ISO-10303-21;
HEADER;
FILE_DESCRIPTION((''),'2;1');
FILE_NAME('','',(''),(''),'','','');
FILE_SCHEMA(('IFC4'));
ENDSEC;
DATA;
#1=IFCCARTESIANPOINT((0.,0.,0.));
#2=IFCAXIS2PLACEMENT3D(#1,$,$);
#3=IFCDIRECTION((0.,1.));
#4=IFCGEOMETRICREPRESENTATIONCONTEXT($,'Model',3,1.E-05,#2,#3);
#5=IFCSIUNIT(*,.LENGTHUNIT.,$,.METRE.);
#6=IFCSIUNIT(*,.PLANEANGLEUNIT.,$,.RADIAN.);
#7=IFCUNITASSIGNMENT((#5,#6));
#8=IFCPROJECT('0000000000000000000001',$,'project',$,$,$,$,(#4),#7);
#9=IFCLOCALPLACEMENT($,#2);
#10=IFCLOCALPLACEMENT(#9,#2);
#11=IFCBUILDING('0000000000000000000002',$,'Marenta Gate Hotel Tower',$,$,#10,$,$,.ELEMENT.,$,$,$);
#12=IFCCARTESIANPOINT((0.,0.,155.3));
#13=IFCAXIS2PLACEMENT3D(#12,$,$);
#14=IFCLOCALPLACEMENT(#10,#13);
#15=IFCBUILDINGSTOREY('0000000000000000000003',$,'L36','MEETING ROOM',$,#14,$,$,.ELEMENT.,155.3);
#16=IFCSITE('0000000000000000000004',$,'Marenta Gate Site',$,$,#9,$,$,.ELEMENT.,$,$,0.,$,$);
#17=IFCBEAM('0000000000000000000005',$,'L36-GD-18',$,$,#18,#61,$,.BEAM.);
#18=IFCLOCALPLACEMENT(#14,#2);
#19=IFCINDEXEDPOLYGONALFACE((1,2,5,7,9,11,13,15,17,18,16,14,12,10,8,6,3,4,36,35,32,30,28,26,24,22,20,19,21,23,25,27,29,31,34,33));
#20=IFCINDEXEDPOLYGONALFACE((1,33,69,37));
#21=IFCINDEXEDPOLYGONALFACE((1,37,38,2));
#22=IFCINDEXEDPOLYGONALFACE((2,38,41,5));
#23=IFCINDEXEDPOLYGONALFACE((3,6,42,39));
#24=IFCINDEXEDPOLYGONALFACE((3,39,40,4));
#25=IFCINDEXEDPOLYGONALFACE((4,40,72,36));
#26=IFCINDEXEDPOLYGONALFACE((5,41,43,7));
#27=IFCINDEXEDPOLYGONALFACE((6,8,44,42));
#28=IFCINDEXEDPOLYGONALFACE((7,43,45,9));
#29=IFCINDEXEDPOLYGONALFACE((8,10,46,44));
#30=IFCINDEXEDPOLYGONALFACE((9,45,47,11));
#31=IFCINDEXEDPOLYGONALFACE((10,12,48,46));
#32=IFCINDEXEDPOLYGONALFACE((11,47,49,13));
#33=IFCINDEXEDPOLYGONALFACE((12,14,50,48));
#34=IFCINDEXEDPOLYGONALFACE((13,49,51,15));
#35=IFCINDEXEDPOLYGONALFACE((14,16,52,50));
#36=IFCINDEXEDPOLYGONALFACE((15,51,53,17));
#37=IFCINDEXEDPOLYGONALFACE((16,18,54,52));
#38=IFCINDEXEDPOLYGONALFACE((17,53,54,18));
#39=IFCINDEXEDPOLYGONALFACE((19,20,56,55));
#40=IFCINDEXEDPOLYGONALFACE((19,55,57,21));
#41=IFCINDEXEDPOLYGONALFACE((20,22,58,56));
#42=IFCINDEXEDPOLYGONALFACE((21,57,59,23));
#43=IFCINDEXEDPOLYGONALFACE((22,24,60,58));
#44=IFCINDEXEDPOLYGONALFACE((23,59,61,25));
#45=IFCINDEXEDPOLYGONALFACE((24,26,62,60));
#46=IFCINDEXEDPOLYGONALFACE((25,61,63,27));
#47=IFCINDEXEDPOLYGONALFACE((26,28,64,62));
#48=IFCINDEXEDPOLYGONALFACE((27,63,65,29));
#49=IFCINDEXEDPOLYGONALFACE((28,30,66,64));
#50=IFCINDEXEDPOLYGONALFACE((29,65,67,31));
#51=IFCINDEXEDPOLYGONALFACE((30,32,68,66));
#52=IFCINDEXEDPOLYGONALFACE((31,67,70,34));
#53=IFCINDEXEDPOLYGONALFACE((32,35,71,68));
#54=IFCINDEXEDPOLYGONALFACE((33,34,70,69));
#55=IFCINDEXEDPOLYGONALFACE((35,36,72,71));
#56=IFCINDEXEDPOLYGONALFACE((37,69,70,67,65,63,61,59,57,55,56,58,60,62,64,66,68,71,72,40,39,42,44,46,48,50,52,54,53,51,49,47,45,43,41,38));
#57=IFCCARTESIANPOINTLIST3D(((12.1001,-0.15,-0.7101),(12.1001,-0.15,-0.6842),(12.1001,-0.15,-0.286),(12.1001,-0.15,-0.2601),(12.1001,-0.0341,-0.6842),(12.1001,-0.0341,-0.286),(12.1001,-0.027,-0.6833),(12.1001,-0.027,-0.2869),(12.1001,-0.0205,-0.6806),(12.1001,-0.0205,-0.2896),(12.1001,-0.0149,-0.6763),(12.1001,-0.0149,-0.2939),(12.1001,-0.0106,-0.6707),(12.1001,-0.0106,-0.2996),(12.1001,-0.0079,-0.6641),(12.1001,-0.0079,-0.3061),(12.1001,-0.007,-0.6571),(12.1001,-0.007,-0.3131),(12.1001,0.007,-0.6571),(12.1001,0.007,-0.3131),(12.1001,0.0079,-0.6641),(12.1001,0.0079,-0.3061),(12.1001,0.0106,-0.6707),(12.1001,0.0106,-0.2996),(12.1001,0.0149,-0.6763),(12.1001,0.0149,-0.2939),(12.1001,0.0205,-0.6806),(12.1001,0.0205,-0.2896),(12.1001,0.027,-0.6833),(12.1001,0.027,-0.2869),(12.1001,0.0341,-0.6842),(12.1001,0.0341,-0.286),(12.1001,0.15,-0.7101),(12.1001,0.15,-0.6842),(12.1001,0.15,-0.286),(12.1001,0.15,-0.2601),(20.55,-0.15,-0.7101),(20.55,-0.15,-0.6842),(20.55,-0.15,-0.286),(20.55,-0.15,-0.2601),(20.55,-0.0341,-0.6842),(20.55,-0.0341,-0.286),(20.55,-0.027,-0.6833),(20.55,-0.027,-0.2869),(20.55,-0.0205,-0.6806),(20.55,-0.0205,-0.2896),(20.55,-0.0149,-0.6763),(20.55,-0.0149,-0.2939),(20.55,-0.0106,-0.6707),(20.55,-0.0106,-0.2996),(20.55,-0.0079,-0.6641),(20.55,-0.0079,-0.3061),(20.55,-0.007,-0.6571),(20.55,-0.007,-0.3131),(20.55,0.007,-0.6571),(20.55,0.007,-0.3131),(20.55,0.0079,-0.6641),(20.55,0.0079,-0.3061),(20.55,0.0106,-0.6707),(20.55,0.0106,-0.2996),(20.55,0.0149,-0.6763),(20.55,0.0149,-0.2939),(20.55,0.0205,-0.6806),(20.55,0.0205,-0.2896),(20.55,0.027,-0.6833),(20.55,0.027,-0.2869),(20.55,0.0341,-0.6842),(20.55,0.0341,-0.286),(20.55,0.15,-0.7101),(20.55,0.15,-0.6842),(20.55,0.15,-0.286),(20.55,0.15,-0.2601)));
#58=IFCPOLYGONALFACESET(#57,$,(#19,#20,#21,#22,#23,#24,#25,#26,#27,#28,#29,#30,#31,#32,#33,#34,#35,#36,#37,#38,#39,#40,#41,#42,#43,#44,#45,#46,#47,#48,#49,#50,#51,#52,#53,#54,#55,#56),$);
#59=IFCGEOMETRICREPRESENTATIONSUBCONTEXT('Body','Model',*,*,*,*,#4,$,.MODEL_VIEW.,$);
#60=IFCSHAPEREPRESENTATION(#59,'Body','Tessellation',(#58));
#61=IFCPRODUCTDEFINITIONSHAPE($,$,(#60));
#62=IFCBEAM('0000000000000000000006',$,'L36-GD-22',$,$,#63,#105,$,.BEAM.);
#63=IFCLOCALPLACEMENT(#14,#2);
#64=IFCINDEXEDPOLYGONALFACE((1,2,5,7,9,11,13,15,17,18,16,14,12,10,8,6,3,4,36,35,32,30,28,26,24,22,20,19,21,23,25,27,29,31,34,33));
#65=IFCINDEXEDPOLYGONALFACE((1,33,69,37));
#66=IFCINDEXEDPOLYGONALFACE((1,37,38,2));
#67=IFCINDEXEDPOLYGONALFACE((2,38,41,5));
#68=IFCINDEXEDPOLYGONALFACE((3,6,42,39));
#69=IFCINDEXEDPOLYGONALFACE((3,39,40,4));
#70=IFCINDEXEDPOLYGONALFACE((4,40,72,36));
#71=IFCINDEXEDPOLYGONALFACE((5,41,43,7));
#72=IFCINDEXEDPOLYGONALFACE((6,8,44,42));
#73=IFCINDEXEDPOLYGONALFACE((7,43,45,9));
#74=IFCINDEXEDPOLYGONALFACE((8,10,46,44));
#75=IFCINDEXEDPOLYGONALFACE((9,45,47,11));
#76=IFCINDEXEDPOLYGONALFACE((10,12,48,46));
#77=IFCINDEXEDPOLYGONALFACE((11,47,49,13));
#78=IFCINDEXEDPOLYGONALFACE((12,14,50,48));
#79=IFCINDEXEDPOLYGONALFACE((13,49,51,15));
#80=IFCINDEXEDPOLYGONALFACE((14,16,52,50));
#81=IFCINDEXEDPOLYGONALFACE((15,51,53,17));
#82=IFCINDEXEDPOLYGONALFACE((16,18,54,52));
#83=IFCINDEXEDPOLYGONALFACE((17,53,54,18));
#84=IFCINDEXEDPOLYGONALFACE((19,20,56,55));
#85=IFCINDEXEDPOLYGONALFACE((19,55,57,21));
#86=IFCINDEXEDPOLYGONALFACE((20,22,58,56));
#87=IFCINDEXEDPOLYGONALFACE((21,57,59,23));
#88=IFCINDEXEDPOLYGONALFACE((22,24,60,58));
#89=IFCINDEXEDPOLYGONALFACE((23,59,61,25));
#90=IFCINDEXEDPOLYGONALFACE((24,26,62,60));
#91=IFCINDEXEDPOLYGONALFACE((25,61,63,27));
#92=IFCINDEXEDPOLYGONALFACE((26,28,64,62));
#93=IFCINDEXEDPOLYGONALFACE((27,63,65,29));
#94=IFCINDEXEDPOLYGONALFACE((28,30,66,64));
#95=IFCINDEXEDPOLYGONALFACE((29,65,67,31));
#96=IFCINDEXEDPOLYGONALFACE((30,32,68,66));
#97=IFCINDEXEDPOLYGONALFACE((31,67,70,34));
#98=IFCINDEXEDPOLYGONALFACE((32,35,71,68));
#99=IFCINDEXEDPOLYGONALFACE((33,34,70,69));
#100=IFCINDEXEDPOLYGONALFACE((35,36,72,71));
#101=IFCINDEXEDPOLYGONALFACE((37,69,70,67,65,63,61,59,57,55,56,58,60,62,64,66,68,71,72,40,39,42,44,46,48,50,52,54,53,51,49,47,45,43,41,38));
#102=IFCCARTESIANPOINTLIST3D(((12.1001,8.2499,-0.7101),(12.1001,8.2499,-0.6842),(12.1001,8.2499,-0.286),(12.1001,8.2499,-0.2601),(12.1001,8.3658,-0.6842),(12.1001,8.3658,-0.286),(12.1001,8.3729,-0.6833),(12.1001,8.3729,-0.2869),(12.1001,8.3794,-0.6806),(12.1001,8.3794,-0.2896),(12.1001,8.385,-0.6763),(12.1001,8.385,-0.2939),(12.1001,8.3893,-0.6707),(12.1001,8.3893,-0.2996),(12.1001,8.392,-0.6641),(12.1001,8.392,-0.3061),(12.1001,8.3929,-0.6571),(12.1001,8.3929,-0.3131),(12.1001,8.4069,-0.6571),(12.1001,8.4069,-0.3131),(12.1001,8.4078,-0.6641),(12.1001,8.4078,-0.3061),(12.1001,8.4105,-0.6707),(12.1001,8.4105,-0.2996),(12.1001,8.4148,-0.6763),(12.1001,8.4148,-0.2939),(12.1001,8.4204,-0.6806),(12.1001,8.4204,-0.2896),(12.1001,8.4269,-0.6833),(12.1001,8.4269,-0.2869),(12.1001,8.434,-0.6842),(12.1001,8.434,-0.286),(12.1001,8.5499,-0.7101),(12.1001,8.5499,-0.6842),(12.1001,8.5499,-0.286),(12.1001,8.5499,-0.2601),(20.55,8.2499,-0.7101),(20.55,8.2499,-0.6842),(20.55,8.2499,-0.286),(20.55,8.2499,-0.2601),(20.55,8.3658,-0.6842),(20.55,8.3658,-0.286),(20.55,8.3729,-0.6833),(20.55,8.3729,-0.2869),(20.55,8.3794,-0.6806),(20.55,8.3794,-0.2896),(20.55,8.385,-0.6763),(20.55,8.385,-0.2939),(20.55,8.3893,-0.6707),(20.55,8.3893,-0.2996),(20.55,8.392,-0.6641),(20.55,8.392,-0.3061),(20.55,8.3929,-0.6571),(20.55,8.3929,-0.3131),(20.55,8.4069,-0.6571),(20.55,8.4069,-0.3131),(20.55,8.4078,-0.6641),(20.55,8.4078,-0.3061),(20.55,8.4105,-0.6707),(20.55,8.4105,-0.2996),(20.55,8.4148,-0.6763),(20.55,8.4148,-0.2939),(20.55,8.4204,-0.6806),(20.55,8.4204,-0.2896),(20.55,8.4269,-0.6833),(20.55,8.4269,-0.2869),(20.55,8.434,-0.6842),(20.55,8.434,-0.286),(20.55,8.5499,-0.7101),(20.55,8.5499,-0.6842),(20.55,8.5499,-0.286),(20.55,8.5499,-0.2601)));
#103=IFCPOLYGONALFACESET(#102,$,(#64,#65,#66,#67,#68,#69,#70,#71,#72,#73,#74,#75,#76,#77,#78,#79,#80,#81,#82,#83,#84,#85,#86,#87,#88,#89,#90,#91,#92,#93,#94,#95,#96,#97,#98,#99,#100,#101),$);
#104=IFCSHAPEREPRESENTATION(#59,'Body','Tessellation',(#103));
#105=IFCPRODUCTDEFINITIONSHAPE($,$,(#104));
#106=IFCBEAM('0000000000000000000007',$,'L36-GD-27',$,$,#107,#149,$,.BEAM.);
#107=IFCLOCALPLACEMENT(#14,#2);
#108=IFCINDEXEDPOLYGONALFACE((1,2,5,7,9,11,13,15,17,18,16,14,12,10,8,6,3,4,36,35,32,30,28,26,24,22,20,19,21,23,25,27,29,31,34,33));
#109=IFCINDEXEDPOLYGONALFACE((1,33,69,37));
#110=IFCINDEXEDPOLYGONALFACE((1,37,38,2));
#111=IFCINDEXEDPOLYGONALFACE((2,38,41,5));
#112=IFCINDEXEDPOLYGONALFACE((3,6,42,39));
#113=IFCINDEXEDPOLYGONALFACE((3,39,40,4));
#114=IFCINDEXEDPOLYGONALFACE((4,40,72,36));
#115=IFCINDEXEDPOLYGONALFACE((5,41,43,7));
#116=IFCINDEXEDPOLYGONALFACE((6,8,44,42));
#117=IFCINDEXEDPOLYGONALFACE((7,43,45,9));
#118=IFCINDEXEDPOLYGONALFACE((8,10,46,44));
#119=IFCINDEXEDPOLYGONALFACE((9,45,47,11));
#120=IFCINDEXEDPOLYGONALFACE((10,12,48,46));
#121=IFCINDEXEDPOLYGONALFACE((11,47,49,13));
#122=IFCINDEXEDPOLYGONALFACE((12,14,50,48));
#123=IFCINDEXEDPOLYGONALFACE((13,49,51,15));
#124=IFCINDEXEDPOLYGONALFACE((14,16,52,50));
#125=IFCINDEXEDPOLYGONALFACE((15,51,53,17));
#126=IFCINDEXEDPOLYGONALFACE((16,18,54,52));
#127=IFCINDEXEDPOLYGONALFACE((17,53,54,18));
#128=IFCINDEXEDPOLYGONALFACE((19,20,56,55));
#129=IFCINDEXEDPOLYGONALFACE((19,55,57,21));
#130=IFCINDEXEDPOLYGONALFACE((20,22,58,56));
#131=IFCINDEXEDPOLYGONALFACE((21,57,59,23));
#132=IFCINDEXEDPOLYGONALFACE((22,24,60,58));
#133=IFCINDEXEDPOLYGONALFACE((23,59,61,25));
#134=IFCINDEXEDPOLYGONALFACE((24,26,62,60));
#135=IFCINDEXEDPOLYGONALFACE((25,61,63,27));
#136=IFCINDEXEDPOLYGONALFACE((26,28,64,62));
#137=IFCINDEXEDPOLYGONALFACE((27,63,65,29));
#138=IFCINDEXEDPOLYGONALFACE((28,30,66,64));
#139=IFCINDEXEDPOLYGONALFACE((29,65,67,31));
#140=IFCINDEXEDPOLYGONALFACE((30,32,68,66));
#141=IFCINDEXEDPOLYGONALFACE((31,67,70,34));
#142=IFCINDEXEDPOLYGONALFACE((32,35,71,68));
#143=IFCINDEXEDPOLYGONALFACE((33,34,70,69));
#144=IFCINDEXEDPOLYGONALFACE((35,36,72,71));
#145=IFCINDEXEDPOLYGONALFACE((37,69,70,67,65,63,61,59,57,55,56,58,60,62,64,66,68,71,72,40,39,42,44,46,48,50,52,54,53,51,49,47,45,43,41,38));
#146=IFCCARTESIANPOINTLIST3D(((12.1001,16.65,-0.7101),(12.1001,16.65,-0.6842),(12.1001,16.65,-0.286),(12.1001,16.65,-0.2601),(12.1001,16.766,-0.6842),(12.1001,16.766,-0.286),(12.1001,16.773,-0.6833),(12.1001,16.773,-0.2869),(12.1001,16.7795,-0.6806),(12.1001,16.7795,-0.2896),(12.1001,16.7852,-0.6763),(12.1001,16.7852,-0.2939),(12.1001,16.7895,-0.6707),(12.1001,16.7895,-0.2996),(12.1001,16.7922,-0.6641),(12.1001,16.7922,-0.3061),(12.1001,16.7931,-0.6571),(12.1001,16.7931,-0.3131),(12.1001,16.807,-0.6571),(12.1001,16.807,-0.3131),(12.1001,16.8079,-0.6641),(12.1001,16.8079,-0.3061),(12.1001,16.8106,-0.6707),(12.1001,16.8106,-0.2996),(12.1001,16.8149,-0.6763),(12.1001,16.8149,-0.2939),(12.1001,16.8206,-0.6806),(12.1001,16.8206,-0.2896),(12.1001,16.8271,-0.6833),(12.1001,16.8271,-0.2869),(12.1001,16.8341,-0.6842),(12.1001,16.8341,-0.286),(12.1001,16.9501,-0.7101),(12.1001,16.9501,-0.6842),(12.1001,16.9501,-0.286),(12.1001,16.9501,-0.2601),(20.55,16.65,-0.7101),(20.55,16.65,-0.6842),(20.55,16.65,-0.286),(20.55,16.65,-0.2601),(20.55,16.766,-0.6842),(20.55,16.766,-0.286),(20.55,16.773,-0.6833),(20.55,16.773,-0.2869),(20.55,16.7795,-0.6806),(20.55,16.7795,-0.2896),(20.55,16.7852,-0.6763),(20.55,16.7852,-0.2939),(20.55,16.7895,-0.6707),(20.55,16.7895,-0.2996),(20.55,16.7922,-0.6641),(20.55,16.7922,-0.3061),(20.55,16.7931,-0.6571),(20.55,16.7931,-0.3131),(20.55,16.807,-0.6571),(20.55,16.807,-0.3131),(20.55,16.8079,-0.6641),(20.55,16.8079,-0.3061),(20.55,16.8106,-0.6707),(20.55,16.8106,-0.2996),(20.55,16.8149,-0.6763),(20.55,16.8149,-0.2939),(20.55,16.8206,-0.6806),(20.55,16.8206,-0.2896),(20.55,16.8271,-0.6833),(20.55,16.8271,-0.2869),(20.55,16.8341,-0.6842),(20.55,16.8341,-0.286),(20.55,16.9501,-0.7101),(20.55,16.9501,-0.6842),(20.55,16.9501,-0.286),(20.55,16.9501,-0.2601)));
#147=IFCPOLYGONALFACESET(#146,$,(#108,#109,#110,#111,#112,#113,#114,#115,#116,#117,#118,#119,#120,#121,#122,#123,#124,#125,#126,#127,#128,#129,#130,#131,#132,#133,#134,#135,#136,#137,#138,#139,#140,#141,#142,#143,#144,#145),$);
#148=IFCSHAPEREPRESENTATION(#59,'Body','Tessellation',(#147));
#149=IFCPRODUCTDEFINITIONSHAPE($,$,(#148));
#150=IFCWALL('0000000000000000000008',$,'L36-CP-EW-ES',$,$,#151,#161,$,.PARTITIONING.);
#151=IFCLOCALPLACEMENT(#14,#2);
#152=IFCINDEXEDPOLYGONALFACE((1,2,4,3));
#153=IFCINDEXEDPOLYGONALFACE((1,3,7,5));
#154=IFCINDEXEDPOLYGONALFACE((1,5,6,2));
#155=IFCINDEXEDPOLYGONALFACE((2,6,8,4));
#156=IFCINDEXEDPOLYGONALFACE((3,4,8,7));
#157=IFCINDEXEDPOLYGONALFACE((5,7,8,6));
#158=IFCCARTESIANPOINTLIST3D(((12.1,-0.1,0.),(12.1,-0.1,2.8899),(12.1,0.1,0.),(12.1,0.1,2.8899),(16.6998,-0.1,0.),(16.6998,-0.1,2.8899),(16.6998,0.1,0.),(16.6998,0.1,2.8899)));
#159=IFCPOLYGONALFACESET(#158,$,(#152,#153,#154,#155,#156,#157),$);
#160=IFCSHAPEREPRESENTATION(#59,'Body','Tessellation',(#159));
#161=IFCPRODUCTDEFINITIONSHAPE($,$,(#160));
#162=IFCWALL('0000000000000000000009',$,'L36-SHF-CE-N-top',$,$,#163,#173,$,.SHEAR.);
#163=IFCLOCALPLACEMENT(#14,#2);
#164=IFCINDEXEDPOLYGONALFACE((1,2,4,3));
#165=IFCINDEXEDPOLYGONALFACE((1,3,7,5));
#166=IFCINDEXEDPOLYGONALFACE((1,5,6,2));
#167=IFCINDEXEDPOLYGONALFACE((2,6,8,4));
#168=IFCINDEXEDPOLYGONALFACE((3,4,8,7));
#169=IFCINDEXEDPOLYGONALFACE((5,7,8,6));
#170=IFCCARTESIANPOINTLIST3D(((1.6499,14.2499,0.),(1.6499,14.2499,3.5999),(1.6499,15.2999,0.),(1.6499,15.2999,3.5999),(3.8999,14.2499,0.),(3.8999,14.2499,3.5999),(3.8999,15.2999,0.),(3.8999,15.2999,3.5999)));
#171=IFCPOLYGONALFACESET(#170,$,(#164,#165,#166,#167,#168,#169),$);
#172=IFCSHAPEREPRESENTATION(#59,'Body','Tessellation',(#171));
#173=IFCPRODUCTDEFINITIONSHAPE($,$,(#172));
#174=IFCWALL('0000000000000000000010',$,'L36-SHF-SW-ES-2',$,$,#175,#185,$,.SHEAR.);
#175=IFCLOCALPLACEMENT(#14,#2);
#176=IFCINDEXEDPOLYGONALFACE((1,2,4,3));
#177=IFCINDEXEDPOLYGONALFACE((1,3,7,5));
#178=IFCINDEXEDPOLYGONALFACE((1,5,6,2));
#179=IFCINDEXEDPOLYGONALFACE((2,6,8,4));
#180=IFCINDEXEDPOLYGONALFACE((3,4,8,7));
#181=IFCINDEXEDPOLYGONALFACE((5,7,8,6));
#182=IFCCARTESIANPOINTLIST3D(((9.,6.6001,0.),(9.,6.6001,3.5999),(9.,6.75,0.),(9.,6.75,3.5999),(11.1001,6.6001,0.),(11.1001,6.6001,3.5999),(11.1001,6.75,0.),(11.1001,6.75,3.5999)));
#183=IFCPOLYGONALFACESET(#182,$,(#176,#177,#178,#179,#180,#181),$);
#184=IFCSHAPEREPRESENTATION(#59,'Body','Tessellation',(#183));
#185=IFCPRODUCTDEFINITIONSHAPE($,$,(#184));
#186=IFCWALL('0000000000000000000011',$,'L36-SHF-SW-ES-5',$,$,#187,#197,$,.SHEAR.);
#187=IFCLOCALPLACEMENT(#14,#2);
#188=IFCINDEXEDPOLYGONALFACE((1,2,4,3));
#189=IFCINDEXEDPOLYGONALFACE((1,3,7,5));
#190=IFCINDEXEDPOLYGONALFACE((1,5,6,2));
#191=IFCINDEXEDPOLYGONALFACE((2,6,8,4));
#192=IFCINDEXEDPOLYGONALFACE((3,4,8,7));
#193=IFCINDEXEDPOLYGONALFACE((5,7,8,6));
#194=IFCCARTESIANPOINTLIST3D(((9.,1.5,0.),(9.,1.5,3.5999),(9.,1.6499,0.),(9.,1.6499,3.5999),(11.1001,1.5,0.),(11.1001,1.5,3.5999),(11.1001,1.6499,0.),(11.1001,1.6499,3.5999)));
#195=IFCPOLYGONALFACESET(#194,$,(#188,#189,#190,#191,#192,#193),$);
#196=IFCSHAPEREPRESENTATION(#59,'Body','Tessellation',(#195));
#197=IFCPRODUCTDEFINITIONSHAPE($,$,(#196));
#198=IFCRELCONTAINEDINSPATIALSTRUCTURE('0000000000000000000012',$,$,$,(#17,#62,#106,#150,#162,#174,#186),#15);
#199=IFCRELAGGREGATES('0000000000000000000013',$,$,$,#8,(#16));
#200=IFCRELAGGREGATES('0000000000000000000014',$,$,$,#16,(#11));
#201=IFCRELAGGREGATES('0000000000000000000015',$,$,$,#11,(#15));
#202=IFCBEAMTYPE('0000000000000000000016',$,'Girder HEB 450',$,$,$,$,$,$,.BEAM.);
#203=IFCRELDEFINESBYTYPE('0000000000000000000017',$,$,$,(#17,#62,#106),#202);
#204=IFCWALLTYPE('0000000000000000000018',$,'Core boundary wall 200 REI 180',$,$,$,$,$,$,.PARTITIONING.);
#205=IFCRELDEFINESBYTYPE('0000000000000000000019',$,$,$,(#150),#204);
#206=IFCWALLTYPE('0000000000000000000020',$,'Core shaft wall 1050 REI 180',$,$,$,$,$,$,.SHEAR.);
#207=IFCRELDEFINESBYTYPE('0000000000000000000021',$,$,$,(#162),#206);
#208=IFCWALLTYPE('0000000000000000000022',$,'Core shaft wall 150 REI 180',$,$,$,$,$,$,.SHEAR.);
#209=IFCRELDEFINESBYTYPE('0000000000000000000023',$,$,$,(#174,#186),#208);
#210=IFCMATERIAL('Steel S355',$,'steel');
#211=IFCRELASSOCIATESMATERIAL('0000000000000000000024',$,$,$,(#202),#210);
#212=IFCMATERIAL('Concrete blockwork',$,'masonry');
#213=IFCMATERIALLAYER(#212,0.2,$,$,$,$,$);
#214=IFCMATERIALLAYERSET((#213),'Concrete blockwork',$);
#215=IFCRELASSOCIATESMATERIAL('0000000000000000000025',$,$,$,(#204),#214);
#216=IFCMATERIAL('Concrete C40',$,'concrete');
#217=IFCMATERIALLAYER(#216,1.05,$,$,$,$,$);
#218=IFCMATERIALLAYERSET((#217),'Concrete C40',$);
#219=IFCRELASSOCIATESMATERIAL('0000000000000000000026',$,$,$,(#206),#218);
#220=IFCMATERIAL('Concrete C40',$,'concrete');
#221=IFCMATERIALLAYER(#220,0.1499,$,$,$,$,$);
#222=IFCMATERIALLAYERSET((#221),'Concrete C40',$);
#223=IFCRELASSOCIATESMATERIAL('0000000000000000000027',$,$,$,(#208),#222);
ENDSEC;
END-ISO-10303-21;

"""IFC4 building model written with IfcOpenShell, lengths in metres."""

from ifc_helpers import new_model, si_unit, direction, frame, frame_2d, origin, origin_2d, place, context, subcontext, project, spatial, rectangle, i_section, extrude, material, layer, layer_set, material_profile, profile_set, type_object, element, save


model = new_model("IFC4")

# Units and contexts
model_context = context("Model", 3, precision=1e-05, world=origin(), true_north=direction((0.0, 1.0)))
body_context = subcontext(model_context, "Body", "Model", "MODEL_VIEW")
ifc_project = project(units=[si_unit("LENGTHUNIT", "METRE"), si_unit("PLANEANGLEUNIT", "RADIAN")], contexts=[model_context])

# Site, building, storey
site_placement = place(None, origin())
site = spatial("IfcSite", under=ifc_project, at=site_placement, Name="Marenta Gate Site", CompositionType="ELEMENT", RefElevation=0.0)
building_placement = place(site_placement, origin())
building = spatial("IfcBuilding", under=site, at=building_placement, Name="Marenta Gate Hotel Tower", CompositionType="ELEMENT")
storey_placement = place(building_placement, frame((0.0, 0.0, 155.3)))
storey = spatial("IfcBuildingStorey", under=building, at=storey_placement, Name="L36", Description="MEETING ROOM", CompositionType="ELEMENT", Elevation=155.3)

# Beams
ifc_material_1 = material(Name="Steel S355", Category="steel")
ifc_material_profile = material_profile(ifc_material_1, i_section(OverallWidth=0.3, OverallDepth=0.45, WebThickness=0.0139, FlangeThickness=0.0259, FilletRadius=0.0271, at=origin_2d()), Name="HEB 450")
ifc_profile_set = profile_set([ifc_material_profile], Name="Steel S355")
beam_type = type_object("IfcBeamType", Name="Girder HEB 450", PredefinedType="BEAM", material=ifc_profile_set)
for number, where, z_axis, x_axis, name in (
    (1, (12.1001, 0.0, -0.4851), (1.0, 0.0, 0.0), (0.0, 1.0, 0.0), "L36-GD-18"),
    (2, (12.1001, 8.3999, -0.4851), (1.0, 0.0, 0.0), (0.0, 1.0, 0.0), "L36-GD-22"),
    (3, (12.1001, 16.8, -0.4851), (1.0, 0.0, 0.0), (0.0, 1.0, 0.0), "L36-GD-27"),
):
    element("IfcBeam", number, at=place(storey_placement, frame(where, z_axis=z_axis, x_axis=x_axis)), inside=storey, type_object=beam_type, Name=name, PredefinedType="BEAM", context=body_context, shape_type="SweptSolid", body=[
        extrude(i_section(OverallWidth=0.3, OverallDepth=0.45, WebThickness=0.0139, FlangeThickness=0.0259, FilletRadius=0.0271, at=origin_2d()), origin(), (0.0, 0.0, 1.0), 8.45),
    ])

# Walls
ifc_material_2 = material(Name="Concrete blockwork", Category="masonry")
ifc_layer_1 = layer(ifc_material_2, 0.2)
ifc_layer_set_1 = layer_set([ifc_layer_1], Name="Concrete blockwork")
wall_type_1 = type_object("IfcWallType", Name="Core boundary wall 200 REI 180", PredefinedType="PARTITIONING", material=ifc_layer_set_1)
wall_1_placement = place(storey_placement, frame((12.1001, 0.0, 0.0), z_axis=(0.0, 0.0, 1.0), x_axis=(1.0, 0.0, 0.0)))
element("IfcWall", 4, at=wall_1_placement, inside=storey, type_object=wall_type_1, Name="L36-CP-EW-ES", PredefinedType="PARTITIONING", context=body_context, shape_type="SweptSolid", body=[
    extrude(rectangle(XDim=4.5999, YDim=0.2, at=frame_2d((2.2998, 0.0))), origin(), (0.0, 0.0, 1.0), 2.8899),
])
ifc_material_3 = material(Name="Concrete C40", Category="concrete")
ifc_layer_2 = layer(ifc_material_3, 1.05)
ifc_layer_set_2 = layer_set([ifc_layer_2], Name="Concrete C40")
wall_type_2 = type_object("IfcWallType", Name="Core shaft wall 1050 REI 180", PredefinedType="SHEAR", material=ifc_layer_set_2)
wall_2_placement = place(storey_placement, frame((1.6499, 14.7749, 0.0), z_axis=(0.0, 0.0, 1.0), x_axis=(1.0, 0.0, 0.0)))
element("IfcWall", 5, at=wall_2_placement, inside=storey, type_object=wall_type_2, Name="L36-SHF-CE-N-top", PredefinedType="SHEAR", context=body_context, shape_type="SweptSolid", body=[
    extrude(rectangle(XDim=2.25, YDim=1.05, at=frame_2d((1.125, 0.0))), origin(), (0.0, 0.0, 1.0), 3.5999),
])
ifc_material_4 = material(Name="Concrete C40", Category="concrete")
ifc_layer_3 = layer(ifc_material_4, 0.1499)
ifc_layer_set_3 = layer_set([ifc_layer_3], Name="Concrete C40")
wall_type_3 = type_object("IfcWallType", Name="Core shaft wall 150 REI 180", PredefinedType="SHEAR", material=ifc_layer_set_3)
for number, where, z_axis, x_axis, name in (
    (6, (9.0, 6.675, 0.0), (0.0, 0.0, 1.0), (1.0, 0.0, 0.0), "L36-SHF-SW-ES-2"),
    (7, (9.0, 1.575, 0.0), (0.0, 0.0, 1.0), (1.0, 0.0, 0.0), "L36-SHF-SW-ES-5"),
):
    element("IfcWall", number, at=place(storey_placement, frame(where, z_axis=z_axis, x_axis=x_axis)), inside=storey, type_object=wall_type_3, Name=name, PredefinedType="SHEAR", context=body_context, shape_type="SweptSolid", body=[
        extrude(rectangle(XDim=2.1001, YDim=0.1499, at=frame_2d((1.05, 0.0))), origin(), (0.0, 0.0, 1.0), 3.5999),
    ])

save(model, "model.ifc")
